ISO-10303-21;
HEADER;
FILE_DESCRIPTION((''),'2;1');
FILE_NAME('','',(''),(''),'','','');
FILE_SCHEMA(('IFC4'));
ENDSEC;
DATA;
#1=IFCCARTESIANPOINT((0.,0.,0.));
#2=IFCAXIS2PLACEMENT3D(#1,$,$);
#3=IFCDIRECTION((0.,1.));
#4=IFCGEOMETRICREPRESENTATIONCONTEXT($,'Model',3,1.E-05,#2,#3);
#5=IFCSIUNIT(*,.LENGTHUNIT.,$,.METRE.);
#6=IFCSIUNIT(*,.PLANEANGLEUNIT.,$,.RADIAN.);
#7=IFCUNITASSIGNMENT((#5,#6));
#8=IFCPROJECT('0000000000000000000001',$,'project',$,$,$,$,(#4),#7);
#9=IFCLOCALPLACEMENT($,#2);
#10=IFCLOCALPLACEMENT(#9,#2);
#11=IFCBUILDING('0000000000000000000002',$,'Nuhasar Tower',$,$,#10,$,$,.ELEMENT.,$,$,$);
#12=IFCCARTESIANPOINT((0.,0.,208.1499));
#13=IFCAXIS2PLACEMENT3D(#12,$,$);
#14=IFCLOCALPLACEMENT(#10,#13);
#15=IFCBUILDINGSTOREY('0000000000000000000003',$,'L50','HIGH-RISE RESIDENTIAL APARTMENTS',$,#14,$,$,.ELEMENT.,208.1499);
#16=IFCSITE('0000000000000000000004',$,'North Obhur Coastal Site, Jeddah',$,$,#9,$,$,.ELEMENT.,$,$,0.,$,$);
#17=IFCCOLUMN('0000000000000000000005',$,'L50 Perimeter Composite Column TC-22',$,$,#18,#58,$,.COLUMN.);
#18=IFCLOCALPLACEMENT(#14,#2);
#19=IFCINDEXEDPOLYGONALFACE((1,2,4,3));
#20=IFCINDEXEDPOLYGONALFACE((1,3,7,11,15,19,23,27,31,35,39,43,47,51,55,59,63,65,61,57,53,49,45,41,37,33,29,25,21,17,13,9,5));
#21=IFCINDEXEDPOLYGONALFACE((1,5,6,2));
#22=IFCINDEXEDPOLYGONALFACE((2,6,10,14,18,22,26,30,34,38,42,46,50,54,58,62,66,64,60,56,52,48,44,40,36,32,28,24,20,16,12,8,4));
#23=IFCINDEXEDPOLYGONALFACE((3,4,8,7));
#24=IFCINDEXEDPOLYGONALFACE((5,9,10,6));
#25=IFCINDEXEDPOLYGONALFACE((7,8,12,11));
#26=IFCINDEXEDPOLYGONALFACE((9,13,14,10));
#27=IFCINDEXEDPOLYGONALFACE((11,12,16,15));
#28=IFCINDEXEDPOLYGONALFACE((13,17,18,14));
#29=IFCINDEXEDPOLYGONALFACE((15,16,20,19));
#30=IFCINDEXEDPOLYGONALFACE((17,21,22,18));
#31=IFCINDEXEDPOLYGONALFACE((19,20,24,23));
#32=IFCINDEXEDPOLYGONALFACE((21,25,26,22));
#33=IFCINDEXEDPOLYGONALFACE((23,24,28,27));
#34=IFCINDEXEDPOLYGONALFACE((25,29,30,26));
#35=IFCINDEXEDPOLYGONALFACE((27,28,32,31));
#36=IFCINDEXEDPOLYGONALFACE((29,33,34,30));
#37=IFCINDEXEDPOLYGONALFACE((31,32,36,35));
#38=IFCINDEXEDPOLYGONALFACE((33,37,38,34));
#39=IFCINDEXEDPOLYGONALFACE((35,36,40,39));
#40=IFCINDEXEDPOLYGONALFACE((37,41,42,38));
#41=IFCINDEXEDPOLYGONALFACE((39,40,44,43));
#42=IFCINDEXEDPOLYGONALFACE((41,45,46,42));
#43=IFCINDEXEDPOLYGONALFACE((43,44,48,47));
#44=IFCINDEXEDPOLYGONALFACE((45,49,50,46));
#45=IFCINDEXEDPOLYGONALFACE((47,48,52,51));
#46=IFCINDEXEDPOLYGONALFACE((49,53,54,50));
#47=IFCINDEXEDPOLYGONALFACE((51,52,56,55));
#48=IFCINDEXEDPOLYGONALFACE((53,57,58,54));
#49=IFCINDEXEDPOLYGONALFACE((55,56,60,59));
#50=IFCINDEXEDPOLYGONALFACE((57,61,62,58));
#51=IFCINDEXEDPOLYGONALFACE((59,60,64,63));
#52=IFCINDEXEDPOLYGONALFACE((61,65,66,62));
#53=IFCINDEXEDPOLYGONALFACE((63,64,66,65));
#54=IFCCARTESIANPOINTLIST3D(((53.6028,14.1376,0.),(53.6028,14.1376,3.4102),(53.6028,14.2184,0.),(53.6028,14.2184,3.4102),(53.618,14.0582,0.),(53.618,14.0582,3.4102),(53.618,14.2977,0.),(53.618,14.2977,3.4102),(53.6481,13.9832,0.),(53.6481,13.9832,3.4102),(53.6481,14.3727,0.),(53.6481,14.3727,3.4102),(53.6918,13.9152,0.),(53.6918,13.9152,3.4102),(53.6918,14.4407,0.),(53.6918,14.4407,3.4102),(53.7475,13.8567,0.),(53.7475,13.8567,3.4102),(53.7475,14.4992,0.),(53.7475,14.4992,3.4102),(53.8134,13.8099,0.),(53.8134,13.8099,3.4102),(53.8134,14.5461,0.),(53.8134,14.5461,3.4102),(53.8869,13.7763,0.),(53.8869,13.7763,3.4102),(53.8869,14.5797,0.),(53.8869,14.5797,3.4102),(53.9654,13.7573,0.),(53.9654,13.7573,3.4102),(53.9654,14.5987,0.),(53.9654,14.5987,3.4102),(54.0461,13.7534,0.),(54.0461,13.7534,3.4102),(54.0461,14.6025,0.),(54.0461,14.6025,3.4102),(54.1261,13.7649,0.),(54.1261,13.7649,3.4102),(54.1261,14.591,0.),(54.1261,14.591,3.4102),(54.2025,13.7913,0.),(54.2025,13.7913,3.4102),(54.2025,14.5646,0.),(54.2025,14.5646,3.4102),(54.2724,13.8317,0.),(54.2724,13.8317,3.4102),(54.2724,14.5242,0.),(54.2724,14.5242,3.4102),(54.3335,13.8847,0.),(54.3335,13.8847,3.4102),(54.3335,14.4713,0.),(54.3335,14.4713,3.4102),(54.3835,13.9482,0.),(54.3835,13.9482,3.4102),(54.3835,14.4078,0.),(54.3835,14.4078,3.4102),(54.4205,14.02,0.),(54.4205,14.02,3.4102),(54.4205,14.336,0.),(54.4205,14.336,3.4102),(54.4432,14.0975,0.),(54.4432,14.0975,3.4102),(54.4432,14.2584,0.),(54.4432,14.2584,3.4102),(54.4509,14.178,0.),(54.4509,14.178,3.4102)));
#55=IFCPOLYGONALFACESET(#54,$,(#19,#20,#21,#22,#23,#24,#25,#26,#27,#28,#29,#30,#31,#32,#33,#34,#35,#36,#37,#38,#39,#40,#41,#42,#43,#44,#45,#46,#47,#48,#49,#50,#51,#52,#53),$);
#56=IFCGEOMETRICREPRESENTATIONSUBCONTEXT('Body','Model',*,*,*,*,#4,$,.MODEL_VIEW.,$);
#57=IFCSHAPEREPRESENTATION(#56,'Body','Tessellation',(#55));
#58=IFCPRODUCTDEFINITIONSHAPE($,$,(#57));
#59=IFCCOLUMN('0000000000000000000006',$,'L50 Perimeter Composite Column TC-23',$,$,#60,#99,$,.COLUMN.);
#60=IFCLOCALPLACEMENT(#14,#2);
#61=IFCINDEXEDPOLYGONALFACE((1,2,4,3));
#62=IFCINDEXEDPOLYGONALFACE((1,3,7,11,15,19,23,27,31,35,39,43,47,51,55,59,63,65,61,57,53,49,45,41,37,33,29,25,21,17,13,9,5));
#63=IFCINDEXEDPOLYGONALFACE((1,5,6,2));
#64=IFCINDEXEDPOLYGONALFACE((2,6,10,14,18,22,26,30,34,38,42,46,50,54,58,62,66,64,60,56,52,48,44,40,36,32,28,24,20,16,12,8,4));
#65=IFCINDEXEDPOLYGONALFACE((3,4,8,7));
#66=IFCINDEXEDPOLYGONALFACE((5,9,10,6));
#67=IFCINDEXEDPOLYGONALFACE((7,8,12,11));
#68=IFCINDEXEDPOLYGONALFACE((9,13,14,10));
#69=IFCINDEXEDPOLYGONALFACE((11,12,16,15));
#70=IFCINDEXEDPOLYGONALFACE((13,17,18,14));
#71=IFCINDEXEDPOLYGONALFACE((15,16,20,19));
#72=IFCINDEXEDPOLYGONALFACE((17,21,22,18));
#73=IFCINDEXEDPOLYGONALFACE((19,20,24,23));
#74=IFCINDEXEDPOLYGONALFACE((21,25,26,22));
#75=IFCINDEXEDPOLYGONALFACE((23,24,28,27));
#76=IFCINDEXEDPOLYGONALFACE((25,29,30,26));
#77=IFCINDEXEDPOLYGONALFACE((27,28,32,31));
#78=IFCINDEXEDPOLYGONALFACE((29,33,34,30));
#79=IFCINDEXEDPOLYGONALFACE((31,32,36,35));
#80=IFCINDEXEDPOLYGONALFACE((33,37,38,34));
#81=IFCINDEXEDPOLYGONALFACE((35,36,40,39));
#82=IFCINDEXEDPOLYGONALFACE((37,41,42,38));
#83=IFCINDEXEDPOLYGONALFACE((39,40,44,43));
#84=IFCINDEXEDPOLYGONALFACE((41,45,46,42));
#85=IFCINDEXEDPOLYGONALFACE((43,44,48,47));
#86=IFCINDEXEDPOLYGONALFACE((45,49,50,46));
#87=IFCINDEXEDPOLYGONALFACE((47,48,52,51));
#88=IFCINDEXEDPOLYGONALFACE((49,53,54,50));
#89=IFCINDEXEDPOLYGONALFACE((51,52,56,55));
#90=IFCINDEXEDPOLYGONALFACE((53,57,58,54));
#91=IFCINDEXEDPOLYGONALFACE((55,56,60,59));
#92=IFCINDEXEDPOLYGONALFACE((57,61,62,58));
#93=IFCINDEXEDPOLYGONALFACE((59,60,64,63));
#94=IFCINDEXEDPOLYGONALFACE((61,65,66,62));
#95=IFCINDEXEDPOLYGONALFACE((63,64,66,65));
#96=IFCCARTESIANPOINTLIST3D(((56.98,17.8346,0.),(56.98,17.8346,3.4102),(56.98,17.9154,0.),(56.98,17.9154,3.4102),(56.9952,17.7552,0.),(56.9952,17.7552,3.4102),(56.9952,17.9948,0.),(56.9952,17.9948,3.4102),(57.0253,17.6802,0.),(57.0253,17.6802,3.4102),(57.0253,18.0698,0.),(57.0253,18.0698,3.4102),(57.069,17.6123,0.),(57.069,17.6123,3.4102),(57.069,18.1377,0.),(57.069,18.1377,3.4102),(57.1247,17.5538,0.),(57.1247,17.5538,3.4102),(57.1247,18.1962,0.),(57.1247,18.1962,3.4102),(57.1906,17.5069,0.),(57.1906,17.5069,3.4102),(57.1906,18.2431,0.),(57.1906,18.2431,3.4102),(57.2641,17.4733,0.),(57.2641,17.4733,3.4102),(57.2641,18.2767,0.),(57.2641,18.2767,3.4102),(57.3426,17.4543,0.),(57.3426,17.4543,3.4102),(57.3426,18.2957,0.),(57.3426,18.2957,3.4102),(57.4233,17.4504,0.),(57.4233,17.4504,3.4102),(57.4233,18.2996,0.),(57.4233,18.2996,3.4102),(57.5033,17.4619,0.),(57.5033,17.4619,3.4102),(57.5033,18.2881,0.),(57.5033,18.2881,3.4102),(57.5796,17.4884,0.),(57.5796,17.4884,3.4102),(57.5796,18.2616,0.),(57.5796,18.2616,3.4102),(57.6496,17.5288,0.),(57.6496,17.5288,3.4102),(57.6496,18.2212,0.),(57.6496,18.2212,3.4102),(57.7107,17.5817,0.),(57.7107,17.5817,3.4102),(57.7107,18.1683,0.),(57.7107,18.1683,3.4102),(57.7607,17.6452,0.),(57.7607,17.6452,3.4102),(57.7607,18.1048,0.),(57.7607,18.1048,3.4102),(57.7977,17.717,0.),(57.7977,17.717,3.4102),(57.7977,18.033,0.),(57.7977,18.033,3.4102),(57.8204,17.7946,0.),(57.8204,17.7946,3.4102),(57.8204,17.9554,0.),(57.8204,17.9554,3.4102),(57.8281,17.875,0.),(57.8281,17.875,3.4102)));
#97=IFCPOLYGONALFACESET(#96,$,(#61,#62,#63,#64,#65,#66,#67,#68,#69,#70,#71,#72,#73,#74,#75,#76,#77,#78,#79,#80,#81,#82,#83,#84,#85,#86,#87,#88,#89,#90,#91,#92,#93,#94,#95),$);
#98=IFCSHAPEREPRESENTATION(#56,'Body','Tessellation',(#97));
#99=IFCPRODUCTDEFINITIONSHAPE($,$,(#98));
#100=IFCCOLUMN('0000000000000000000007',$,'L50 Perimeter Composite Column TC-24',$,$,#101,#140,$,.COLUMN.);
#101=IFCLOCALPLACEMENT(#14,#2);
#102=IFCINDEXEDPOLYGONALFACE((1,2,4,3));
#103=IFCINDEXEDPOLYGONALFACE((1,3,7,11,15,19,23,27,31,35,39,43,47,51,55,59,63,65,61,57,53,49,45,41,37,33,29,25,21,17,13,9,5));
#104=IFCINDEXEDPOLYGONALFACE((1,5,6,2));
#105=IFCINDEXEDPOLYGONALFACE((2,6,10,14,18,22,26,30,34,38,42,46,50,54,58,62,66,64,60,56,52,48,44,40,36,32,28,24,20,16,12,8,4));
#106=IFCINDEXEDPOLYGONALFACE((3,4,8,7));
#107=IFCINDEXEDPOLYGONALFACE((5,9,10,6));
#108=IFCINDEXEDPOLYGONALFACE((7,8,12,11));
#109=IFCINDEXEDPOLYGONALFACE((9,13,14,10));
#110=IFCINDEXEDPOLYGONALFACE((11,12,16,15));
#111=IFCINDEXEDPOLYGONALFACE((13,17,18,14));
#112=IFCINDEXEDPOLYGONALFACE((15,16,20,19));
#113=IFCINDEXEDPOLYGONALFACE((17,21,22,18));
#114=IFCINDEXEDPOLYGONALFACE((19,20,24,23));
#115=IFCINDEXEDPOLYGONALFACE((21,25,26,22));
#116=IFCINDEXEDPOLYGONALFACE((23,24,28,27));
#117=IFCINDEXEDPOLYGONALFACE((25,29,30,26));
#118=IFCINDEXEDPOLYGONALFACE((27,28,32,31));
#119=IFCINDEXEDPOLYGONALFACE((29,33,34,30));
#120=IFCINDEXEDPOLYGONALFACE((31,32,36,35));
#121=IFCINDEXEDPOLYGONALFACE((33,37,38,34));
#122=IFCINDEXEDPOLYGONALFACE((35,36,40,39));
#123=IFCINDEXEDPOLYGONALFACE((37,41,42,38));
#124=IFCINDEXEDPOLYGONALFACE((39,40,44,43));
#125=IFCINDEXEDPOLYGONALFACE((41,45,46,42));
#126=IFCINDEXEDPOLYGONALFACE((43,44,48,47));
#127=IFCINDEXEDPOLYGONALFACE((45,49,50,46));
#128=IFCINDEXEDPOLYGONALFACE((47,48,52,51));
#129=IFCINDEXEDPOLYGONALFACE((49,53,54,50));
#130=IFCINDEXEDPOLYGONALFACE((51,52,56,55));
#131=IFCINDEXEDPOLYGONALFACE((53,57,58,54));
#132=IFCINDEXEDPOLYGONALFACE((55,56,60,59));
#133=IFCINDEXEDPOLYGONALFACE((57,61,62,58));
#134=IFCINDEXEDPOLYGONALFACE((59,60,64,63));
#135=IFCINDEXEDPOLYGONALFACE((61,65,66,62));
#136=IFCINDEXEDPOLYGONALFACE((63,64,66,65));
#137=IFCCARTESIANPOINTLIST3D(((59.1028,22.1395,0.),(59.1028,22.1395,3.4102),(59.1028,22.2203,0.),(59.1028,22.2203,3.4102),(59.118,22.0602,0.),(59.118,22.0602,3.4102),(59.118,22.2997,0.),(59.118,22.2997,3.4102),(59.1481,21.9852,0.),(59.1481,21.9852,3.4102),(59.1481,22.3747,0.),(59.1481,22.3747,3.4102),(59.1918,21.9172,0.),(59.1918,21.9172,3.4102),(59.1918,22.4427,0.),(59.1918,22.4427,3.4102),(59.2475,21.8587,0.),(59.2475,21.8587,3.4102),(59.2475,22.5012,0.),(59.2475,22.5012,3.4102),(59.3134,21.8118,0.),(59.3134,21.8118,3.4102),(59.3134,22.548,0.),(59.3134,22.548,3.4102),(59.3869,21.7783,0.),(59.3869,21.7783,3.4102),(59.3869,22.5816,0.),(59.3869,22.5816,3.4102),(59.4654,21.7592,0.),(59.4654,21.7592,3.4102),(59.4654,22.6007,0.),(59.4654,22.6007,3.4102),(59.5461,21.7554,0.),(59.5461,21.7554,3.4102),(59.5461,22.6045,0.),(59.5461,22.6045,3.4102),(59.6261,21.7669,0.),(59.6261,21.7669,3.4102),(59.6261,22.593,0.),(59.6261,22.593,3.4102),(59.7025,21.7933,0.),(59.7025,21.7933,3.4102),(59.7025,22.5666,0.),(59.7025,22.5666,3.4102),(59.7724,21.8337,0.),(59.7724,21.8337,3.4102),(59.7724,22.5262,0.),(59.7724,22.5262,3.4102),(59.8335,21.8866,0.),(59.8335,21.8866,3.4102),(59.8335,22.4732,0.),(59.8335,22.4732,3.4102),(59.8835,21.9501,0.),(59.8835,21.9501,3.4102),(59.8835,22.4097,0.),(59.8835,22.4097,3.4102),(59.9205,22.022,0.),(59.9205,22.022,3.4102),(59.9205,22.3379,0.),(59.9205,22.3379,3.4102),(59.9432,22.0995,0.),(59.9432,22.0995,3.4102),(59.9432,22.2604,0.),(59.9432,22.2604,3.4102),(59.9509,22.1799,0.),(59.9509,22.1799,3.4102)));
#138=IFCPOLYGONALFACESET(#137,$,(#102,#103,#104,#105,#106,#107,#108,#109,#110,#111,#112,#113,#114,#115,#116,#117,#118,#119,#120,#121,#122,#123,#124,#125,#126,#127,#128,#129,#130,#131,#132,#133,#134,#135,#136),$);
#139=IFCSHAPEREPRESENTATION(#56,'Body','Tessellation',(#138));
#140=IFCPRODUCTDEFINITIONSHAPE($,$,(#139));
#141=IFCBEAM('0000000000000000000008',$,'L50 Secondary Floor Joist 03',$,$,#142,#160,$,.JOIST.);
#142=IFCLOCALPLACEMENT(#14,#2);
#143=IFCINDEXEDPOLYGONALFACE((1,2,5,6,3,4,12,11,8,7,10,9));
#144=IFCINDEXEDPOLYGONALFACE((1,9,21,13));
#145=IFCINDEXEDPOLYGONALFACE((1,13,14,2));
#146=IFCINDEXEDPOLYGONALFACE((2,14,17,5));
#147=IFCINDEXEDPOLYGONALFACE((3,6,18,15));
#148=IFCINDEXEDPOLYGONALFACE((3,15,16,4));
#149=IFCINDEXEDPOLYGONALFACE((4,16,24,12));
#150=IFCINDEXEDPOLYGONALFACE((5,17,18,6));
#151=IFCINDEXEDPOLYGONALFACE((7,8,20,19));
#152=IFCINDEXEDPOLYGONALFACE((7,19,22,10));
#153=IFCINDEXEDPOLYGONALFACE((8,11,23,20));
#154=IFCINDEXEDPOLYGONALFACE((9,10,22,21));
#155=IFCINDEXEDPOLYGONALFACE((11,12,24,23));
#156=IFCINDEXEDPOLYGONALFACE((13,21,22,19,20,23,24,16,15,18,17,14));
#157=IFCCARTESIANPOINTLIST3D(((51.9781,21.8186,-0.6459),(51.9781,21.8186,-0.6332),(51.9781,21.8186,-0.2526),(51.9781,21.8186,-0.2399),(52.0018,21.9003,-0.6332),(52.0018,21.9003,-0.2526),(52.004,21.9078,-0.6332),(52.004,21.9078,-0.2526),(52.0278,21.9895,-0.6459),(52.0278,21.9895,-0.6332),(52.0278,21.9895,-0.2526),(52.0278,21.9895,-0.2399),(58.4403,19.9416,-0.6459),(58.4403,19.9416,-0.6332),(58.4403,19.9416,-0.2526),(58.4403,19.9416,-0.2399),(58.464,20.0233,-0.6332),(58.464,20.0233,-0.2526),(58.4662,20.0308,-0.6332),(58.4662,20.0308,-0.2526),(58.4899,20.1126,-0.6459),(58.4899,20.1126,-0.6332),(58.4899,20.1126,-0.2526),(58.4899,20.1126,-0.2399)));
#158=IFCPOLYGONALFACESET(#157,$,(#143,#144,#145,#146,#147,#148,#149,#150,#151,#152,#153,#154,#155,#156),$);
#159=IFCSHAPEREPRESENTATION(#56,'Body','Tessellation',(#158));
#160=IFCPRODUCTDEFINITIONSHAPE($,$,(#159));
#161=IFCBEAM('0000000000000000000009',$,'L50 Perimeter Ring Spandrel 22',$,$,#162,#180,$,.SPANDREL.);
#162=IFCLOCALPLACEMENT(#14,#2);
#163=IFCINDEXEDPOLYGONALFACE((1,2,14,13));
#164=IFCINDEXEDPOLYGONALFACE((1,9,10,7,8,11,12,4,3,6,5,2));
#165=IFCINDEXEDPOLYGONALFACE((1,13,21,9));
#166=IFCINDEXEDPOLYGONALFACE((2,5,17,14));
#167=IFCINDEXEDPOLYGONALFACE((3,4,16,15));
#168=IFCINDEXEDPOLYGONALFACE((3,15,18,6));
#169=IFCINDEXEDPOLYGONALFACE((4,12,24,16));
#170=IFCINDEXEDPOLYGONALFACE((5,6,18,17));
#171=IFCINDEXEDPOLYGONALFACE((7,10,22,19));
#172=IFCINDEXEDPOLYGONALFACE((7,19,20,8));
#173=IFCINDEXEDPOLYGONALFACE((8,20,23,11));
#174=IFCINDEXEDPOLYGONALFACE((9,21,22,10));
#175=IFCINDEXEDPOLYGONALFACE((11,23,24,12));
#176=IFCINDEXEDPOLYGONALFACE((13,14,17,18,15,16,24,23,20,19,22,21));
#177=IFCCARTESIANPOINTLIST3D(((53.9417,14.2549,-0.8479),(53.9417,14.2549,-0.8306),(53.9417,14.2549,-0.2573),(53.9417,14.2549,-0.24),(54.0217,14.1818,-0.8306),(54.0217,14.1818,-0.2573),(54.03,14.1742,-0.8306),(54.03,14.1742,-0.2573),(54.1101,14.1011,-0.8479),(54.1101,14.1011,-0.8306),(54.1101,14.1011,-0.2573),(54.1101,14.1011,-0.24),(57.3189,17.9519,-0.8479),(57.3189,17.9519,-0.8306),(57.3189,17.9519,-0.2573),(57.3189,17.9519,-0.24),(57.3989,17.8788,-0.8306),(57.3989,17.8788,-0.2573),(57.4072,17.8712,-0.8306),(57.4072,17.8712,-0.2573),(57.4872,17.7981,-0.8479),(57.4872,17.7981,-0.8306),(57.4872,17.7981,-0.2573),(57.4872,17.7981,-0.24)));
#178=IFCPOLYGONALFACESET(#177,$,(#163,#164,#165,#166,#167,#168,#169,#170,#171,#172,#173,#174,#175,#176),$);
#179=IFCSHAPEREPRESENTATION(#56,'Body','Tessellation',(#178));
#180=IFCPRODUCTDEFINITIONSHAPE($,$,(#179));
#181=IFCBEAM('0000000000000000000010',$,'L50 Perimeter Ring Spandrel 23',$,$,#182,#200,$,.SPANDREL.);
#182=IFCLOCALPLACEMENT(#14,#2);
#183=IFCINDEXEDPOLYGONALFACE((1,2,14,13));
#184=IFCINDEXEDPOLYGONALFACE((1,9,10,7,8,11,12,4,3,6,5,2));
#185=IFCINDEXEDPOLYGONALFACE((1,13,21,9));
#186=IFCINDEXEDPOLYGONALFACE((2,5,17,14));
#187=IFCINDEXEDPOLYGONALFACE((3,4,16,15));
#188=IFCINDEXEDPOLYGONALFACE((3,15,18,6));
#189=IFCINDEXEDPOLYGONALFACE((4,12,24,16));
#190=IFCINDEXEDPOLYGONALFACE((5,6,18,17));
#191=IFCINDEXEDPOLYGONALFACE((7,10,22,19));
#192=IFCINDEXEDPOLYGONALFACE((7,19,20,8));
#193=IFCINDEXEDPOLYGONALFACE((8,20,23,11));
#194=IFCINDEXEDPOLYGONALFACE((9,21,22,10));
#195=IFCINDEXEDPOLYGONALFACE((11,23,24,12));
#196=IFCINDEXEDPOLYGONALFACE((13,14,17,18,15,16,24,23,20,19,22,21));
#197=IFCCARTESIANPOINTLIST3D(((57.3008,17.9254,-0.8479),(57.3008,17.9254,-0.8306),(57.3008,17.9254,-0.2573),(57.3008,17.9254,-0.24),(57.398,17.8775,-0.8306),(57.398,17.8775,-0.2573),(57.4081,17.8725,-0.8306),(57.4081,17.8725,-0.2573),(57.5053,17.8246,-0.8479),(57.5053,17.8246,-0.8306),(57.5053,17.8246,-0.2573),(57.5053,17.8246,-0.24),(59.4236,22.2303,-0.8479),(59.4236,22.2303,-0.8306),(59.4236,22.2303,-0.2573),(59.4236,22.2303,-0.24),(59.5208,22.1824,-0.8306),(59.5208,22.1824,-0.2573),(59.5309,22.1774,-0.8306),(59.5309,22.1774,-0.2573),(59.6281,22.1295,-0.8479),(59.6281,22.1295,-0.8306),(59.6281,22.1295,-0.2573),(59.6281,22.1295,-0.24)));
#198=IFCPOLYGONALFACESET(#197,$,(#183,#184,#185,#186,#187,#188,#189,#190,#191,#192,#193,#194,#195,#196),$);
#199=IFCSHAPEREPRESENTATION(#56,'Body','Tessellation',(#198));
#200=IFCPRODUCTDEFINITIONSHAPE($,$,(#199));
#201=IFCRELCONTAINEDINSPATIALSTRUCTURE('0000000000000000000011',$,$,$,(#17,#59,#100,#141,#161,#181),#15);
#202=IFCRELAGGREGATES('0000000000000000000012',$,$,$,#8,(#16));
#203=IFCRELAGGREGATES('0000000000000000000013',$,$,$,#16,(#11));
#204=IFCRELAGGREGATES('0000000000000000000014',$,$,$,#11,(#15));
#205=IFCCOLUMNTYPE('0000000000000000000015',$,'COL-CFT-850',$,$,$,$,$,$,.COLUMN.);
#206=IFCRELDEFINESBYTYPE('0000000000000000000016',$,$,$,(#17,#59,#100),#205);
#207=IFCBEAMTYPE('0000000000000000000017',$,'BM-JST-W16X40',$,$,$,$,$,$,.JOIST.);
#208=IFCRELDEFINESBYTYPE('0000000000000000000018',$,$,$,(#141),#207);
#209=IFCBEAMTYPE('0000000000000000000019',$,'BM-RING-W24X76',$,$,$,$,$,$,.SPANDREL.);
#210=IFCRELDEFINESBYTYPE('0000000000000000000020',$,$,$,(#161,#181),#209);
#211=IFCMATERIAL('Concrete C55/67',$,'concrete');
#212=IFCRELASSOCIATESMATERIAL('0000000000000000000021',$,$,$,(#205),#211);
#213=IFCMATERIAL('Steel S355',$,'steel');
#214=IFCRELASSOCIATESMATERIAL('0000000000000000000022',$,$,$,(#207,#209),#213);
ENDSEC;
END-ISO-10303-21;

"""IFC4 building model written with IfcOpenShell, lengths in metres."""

from ifc_helpers import new_model, si_unit, direction, frame, origin, origin_2d, place, context, subcontext, project, spatial, circle, i_section, extrude, material, material_profile, profile_set, type_object, element, save


model = new_model("IFC4")

# Units and contexts
model_context = context("Model", 3, precision=1e-05, world=origin(), true_north=direction((0.0, 1.0)))
body_context = subcontext(model_context, "Body", "Model", "MODEL_VIEW")
ifc_project = project(units=[si_unit("LENGTHUNIT", "METRE"), si_unit("PLANEANGLEUNIT", "RADIAN")], contexts=[model_context])

# Site, building, storey
site_placement = place(None, origin())
site = spatial("IfcSite", under=ifc_project, at=site_placement, Name="North Obhur Coastal Site, Jeddah", CompositionType="ELEMENT", RefElevation=0.0)
building_placement = place(site_placement, origin())
building = spatial("IfcBuilding", under=site, at=building_placement, Name="Nuhasar Tower", CompositionType="ELEMENT")
storey_placement = place(building_placement, frame((0.0, 0.0, 208.1499)))
storey = spatial("IfcBuildingStorey", under=building, at=storey_placement, Name="L50", Description="HIGH-RISE RESIDENTIAL APARTMENTS", CompositionType="ELEMENT", Elevation=208.1499)

# Columns
ifc_material_1 = material(Name="Concrete C55/67", Category="concrete")
ifc_material_profile_1 = material_profile(ifc_material_1, circle(Radius=0.425, at=origin_2d()), Name="CFT850")
ifc_profile_set_1 = profile_set([ifc_material_profile_1], Name="Concrete C55/67")
column_type = type_object("IfcColumnType", Name="COL-CFT-850", PredefinedType="COLUMN", material=ifc_profile_set_1)
for number, where, z_axis, x_axis, name in (
    (1, (54.0259, 14.178, 0.0), (0.0, 0.0, 1.0), (1.0, 0.0, 0.0), "L50 Perimeter Composite Column TC-22"),
    (2, (57.4031, 17.875, 0.0), (0.0, 0.0, 1.0), (1.0, 0.0, 0.0), "L50 Perimeter Composite Column TC-23"),
    (3, (59.5259, 22.1799, 0.0), (0.0, 0.0, 1.0), (1.0, 0.0, 0.0), "L50 Perimeter Composite Column TC-24"),
):
    element("IfcColumn", number, at=place(storey_placement, frame(where, z_axis=z_axis, x_axis=x_axis)), inside=storey, type_object=column_type, Name=name, PredefinedType="COLUMN", context=body_context, shape_type="SweptSolid", body=[
        extrude(circle(Radius=0.425, at=origin_2d()), origin(), (0.0, 0.0, 1.0), 3.4102),
    ])

# Beams
ifc_material_2 = material(Name="Steel S355", Category="steel")
ifc_material_profile_2 = material_profile(ifc_material_2, i_section(OverallWidth=0.178, OverallDepth=0.406, WebThickness=0.0078, FlangeThickness=0.0127, at=origin_2d()), Name="W16X40")
ifc_profile_set_2 = profile_set([ifc_material_profile_2], Name="Steel S355")
beam_type_1 = type_object("IfcBeamType", Name="BM-JST-W16X40", PredefinedType="JOIST", material=ifc_profile_set_2)
beam_1_placement = place(storey_placement, frame((52.0029, 21.9041, -0.4429), z_axis=(0.960313, -0.278926, 0.0), x_axis=(0.278926, 0.960313, 0.0)))
element("IfcBeam", 4, at=beam_1_placement, inside=storey, type_object=beam_type_1, Name="L50 Secondary Floor Joist 03", PredefinedType="JOIST", context=body_context, shape_type="SweptSolid", body=[
    extrude(i_section(OverallWidth=0.178, OverallDepth=0.406, WebThickness=0.0078, FlangeThickness=0.0127, at=origin_2d()), origin(), (0.0, 0.0, 1.0), 6.7292),
])
ifc_material_profile_3 = material_profile(ifc_material_2, i_section(OverallWidth=0.228, OverallDepth=0.6079, WebThickness=0.0112, FlangeThickness=0.0173, at=origin_2d()), Name="W24X76")
ifc_profile_set_3 = profile_set([ifc_material_profile_3], Name="Steel S355")
beam_type_2 = type_object("IfcBeamType", Name="BM-RING-W24X76", PredefinedType="SPANDREL", material=ifc_profile_set_3)
beam_2_placement = place(storey_placement, frame((54.0259, 14.178, -0.5439), z_axis=(0.67445, 0.738321, 0.0), x_axis=(-0.738321, 0.67445, 0.0)))
element("IfcBeam", 5, at=beam_2_placement, inside=storey, type_object=beam_type_2, Name="L50 Perimeter Ring Spandrel 22", PredefinedType="SPANDREL", context=body_context, shape_type="SweptSolid", body=[
    extrude(i_section(OverallWidth=0.228, OverallDepth=0.6079, WebThickness=0.0112, FlangeThickness=0.0173, at=origin_2d()), origin(), (0.0, 0.0, 1.0), 5.0073),
])
beam_3_placement = place(storey_placement, frame((57.4031, 17.875, -0.5439), z_axis=(0.442263, 0.896886, 0.0), x_axis=(-0.896886, 0.442263, 0.0)))
element("IfcBeam", 6, at=beam_3_placement, inside=storey, type_object=beam_type_2, Name="L50 Perimeter Ring Spandrel 23", PredefinedType="SPANDREL", context=body_context, shape_type="SweptSolid", body=[
    extrude(i_section(OverallWidth=0.228, OverallDepth=0.6079, WebThickness=0.0112, FlangeThickness=0.0173, at=origin_2d()), origin(), (0.0, 0.0, 1.0), 4.7998),
])

save(model, "model.ifc")
